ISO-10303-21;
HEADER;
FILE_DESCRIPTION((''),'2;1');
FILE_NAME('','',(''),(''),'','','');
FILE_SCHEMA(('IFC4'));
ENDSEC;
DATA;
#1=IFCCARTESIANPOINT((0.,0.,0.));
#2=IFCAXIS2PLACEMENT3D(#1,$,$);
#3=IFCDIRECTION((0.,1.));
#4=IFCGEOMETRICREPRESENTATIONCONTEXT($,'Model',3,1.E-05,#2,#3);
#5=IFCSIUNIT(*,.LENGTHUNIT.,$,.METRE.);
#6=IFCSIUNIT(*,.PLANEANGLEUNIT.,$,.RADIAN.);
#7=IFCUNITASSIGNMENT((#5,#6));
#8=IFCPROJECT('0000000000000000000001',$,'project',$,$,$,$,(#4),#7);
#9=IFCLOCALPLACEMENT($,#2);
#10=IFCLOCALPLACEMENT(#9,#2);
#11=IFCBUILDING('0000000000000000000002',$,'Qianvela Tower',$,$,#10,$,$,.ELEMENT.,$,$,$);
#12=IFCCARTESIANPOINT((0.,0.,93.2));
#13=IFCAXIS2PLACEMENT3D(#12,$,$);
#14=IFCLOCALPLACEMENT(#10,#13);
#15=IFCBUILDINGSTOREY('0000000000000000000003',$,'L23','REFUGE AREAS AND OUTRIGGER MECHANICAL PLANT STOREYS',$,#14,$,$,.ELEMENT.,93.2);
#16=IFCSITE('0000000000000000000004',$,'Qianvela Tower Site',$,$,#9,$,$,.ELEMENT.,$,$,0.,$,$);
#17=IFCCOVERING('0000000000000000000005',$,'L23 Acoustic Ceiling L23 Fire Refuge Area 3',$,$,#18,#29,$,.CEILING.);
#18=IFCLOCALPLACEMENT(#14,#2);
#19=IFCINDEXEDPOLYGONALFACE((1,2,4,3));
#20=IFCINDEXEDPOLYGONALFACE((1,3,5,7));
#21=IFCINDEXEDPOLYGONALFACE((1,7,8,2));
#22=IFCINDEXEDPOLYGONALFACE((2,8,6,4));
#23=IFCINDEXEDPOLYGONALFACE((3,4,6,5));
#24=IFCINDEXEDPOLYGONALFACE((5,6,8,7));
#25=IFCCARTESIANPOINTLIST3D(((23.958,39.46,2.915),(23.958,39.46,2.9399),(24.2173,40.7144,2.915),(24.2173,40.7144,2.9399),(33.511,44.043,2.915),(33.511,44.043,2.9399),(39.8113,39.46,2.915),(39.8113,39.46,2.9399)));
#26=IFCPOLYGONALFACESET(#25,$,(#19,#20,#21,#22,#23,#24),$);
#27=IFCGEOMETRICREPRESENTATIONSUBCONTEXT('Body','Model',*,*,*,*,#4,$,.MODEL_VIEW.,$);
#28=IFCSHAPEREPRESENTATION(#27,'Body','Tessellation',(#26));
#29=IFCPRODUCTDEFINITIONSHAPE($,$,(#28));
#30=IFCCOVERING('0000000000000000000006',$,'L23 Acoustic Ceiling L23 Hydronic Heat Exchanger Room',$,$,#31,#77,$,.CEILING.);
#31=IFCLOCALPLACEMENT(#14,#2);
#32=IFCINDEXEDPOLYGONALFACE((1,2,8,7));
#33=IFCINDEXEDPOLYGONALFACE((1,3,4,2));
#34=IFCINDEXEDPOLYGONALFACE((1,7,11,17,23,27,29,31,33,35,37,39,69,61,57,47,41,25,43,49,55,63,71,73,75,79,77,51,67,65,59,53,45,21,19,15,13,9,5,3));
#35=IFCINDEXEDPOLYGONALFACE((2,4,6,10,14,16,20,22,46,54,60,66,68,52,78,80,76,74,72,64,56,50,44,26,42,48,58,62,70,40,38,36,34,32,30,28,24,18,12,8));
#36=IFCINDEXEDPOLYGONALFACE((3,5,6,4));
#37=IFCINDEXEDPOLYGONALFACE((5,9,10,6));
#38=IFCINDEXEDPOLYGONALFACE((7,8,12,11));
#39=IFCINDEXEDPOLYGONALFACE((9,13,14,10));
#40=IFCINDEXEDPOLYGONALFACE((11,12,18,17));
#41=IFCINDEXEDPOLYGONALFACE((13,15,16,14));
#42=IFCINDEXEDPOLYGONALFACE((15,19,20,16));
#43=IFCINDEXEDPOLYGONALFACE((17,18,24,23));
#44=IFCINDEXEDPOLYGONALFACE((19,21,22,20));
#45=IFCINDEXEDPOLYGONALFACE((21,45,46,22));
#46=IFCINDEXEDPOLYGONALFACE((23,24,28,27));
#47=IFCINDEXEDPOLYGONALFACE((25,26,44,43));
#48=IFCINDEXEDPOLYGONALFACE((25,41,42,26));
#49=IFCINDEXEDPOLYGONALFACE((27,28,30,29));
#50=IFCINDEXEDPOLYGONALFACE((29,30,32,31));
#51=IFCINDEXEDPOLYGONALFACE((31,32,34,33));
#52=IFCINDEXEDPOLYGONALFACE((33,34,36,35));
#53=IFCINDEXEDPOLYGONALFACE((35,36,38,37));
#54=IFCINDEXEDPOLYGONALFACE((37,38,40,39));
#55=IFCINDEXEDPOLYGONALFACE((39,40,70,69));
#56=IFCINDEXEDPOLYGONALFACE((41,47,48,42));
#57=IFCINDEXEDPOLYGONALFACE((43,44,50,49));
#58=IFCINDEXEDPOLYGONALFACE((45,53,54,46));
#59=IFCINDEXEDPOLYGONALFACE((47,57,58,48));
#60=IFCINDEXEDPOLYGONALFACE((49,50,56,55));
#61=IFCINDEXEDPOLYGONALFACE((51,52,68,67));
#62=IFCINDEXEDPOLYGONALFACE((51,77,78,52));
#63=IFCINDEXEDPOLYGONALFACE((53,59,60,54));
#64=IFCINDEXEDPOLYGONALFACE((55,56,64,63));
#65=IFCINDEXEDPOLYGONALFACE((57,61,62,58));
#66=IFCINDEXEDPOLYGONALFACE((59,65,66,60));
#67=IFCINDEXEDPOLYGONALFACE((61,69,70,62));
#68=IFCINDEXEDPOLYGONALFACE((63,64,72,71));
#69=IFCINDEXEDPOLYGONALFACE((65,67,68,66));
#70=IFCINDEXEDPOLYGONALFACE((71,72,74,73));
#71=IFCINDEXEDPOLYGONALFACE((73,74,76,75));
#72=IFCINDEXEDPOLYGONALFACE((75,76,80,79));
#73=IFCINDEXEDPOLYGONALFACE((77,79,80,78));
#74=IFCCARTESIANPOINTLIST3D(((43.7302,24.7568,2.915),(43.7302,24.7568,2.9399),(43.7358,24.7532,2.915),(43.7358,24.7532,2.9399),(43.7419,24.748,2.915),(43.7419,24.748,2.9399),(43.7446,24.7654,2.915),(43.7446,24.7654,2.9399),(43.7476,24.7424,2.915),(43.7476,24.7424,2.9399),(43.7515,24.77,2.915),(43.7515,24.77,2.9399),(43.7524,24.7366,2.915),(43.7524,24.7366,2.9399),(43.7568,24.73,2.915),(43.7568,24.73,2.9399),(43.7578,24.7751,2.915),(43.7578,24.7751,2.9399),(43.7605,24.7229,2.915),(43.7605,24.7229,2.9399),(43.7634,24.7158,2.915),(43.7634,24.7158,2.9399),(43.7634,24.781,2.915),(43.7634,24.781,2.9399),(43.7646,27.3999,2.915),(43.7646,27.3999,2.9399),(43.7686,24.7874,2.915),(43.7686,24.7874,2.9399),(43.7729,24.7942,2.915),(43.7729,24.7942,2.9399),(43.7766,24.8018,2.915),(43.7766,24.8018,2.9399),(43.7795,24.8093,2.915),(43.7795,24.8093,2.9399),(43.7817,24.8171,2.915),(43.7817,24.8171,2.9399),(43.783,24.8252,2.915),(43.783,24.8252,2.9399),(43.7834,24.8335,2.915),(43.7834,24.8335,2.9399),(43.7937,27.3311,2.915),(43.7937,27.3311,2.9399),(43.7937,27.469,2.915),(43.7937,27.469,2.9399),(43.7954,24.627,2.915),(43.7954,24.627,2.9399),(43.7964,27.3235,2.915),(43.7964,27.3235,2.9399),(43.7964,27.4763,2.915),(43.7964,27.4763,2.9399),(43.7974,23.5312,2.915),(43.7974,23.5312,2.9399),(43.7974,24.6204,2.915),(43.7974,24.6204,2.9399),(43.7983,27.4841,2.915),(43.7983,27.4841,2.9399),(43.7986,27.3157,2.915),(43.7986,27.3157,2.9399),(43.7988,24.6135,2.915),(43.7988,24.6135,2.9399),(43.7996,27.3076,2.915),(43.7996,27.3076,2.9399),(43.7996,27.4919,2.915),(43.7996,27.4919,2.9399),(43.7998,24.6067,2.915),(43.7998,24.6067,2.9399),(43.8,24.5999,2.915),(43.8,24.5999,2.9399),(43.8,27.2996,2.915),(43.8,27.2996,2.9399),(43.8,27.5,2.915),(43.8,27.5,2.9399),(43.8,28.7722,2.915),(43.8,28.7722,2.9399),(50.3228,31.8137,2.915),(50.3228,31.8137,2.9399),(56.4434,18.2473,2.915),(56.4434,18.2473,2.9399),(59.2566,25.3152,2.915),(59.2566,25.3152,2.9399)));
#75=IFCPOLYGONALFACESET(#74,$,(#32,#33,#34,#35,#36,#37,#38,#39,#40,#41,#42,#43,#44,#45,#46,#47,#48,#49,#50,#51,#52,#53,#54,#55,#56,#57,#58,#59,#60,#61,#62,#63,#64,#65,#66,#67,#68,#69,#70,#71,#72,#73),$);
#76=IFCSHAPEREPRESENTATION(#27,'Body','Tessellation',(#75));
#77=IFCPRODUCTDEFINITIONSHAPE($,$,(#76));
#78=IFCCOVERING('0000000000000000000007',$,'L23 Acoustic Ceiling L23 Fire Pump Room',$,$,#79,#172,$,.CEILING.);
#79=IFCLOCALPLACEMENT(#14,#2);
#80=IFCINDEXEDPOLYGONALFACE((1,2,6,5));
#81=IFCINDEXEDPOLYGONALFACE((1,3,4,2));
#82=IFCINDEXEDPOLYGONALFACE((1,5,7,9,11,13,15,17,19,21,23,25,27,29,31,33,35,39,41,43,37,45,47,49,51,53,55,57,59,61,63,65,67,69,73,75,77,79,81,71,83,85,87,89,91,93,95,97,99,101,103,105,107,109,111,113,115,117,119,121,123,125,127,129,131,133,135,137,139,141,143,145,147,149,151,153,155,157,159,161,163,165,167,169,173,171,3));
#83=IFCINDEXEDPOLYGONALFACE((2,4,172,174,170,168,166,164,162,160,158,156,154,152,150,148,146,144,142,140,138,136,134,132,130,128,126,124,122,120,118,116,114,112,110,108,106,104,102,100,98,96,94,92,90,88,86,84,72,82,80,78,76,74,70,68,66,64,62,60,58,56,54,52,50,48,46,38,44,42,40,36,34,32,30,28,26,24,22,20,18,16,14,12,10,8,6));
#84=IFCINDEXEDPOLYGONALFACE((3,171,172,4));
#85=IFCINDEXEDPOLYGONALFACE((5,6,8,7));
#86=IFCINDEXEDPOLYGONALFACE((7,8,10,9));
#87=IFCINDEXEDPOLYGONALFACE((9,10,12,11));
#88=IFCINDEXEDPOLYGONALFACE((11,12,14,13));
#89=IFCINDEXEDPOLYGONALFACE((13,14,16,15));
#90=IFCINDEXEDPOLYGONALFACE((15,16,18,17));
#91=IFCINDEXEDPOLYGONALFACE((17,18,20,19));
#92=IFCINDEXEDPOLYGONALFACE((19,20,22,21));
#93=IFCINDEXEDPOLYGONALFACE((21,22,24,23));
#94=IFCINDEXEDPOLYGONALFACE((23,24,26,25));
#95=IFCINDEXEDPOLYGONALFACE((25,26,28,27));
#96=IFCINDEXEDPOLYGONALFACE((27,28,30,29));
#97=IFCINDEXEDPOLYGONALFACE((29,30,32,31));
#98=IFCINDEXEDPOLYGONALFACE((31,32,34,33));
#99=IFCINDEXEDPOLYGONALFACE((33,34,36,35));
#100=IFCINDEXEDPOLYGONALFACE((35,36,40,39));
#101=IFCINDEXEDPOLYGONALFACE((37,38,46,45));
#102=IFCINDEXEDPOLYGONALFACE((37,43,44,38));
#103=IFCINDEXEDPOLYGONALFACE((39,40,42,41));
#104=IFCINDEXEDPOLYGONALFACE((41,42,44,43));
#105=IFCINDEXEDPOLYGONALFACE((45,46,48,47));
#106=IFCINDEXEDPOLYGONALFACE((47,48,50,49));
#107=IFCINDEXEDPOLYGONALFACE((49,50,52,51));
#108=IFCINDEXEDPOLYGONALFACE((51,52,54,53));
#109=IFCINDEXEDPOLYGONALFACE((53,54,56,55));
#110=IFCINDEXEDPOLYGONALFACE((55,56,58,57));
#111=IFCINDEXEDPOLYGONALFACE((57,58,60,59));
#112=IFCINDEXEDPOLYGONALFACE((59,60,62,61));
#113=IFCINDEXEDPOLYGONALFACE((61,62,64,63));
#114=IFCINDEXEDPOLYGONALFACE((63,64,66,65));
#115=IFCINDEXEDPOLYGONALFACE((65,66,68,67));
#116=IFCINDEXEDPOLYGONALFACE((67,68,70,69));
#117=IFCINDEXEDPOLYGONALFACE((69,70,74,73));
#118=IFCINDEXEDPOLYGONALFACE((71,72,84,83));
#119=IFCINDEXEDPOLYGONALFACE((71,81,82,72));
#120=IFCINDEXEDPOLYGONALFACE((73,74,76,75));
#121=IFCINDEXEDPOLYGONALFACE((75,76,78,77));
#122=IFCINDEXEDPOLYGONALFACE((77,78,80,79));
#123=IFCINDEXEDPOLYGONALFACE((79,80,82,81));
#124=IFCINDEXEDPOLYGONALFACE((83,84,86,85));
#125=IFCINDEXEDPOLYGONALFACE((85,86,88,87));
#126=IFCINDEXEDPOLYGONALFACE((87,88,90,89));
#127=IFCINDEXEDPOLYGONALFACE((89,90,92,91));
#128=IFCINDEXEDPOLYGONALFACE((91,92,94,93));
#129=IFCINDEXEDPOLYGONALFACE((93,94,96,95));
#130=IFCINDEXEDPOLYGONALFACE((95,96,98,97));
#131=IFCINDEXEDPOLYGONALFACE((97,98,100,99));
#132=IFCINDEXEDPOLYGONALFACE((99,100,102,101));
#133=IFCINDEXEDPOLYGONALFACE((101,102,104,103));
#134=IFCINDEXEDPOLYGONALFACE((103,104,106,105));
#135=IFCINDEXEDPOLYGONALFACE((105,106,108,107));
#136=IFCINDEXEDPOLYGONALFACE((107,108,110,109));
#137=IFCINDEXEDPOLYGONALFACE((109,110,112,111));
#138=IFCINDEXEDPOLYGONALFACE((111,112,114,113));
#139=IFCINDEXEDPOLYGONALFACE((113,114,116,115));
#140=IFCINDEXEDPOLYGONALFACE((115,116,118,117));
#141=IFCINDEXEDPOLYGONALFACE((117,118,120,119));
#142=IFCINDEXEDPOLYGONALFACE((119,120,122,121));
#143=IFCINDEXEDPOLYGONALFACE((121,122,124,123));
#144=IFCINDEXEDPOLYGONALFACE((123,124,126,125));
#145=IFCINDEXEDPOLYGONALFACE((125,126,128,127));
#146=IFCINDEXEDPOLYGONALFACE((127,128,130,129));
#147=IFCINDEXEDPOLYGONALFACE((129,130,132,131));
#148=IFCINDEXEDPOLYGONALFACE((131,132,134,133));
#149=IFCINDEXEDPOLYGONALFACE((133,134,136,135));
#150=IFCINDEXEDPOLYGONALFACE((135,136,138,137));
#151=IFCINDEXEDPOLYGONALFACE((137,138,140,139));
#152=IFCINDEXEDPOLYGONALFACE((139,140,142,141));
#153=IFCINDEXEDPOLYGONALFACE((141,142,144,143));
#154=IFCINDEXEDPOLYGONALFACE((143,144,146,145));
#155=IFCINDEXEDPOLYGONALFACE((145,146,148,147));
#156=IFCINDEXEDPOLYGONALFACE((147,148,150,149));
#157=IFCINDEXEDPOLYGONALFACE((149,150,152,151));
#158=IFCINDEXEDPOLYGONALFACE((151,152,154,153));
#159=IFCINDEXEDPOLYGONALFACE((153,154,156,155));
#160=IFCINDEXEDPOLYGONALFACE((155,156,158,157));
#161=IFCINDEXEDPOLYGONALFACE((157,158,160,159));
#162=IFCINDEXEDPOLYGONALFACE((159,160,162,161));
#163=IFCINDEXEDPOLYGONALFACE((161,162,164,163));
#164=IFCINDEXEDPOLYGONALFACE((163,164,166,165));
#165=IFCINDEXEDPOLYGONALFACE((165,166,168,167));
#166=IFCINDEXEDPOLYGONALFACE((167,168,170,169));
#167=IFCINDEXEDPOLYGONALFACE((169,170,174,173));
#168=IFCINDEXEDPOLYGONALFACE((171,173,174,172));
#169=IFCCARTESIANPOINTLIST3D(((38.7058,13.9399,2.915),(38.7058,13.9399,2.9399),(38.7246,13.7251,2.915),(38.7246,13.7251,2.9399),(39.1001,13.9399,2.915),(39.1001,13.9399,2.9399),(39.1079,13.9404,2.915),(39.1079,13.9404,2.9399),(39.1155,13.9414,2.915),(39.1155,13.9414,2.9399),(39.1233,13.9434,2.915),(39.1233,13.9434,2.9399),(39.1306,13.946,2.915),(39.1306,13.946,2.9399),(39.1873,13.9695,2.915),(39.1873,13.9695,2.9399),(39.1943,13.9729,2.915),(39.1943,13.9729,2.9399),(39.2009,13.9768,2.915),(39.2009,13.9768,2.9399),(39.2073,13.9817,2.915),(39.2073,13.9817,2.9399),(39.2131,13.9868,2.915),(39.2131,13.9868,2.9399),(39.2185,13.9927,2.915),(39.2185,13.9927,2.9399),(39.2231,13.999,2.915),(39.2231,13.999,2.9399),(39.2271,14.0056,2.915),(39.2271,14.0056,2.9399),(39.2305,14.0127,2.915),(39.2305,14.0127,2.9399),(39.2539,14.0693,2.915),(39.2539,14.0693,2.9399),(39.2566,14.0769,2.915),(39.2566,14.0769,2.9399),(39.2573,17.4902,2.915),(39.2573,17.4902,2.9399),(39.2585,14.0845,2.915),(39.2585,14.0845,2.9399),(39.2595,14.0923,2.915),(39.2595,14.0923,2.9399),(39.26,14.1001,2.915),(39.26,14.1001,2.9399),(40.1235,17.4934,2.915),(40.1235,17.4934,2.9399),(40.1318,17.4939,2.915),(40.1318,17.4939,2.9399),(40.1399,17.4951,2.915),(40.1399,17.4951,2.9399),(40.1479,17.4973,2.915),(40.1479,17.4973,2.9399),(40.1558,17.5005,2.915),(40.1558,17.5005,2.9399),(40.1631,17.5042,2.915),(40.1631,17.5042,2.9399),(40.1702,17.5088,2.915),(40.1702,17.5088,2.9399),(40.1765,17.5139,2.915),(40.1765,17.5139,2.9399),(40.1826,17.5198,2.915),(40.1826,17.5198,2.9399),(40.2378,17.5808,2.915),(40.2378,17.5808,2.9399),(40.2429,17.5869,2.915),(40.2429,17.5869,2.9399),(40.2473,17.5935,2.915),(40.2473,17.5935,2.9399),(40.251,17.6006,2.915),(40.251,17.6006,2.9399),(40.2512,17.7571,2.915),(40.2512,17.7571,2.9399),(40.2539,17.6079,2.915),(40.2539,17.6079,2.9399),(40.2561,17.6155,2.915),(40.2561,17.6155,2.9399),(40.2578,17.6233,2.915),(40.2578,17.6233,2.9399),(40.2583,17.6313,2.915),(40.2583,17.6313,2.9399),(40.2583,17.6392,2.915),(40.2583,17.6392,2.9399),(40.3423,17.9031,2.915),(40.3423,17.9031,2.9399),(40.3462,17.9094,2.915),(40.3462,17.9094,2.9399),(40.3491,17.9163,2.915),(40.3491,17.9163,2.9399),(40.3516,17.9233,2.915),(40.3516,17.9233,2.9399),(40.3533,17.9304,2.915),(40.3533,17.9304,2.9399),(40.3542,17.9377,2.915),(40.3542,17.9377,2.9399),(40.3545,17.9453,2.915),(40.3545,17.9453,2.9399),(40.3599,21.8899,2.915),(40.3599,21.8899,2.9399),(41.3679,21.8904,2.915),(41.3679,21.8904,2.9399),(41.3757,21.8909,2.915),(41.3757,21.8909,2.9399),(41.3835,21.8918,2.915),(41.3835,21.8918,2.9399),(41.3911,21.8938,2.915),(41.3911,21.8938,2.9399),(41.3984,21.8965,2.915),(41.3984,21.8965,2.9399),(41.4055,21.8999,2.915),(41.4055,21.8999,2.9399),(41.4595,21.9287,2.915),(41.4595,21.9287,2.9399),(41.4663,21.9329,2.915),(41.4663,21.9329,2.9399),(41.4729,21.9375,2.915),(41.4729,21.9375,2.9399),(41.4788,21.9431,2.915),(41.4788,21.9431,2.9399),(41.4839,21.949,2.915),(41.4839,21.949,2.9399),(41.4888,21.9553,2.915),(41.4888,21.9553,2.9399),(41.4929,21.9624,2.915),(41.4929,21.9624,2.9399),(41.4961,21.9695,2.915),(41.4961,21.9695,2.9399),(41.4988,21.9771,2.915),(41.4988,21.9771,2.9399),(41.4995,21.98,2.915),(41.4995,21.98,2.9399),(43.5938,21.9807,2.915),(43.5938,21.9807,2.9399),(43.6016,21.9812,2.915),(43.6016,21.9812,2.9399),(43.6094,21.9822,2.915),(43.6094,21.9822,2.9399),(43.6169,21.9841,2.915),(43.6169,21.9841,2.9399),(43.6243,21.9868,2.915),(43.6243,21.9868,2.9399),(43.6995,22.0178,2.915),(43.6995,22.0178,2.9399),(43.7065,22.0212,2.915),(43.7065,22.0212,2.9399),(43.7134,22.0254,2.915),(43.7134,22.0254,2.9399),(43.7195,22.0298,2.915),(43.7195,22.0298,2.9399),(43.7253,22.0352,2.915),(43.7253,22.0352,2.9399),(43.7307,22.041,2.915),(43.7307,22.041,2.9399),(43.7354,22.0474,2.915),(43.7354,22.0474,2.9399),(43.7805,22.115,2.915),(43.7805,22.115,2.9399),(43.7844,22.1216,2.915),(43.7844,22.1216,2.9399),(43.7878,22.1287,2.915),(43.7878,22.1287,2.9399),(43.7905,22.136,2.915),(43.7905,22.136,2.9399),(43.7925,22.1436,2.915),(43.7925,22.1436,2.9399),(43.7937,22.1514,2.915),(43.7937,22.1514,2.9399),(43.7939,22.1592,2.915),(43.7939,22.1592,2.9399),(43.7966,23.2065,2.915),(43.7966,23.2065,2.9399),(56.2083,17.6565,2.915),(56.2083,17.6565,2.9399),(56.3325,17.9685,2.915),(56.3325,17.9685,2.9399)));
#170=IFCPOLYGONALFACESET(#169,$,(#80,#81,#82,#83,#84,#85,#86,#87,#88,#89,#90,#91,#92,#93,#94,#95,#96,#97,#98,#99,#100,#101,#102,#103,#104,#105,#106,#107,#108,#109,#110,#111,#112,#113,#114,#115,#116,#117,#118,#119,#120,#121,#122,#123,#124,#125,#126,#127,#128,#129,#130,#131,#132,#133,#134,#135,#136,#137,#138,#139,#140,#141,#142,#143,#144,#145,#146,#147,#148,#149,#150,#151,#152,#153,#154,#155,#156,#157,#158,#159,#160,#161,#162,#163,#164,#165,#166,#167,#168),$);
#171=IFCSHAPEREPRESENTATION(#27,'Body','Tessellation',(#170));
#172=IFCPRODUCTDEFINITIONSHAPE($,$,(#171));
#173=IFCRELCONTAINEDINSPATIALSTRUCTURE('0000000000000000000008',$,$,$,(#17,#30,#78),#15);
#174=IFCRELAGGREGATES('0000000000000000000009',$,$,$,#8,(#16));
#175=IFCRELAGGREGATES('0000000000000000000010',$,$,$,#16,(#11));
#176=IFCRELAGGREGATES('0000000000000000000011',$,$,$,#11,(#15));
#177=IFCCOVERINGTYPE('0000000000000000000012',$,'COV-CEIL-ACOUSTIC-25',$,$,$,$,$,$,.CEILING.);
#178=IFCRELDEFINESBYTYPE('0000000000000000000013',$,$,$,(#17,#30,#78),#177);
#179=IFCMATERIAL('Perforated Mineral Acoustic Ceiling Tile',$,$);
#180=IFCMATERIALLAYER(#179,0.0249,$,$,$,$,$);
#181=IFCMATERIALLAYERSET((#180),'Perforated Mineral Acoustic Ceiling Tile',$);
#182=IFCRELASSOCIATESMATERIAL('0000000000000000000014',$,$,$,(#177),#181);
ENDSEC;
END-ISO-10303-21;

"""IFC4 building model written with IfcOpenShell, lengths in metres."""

from ifc_helpers import new_model, si_unit, direction, frame, origin, place, context, subcontext, project, spatial, polyline, outline, extrude, material, layer, layer_set, type_object, element, save


model = new_model("IFC4")

# Units and contexts
model_context = context("Model", 3, precision=1e-05, world=origin(), true_north=direction((0.0, 1.0)))
body_context = subcontext(model_context, "Body", "Model", "MODEL_VIEW")
ifc_project = project(units=[si_unit("LENGTHUNIT", "METRE"), si_unit("PLANEANGLEUNIT", "RADIAN")], contexts=[model_context])

# Site, building, storey
site_placement = place(None, origin())
site = spatial("IfcSite", under=ifc_project, at=site_placement, Name="Qianvela Tower Site", CompositionType="ELEMENT", RefElevation=0.0)
building_placement = place(site_placement, origin())
building = spatial("IfcBuilding", under=site, at=building_placement, Name="Qianvela Tower", CompositionType="ELEMENT")
storey_placement = place(building_placement, frame((0.0, 0.0, 93.2)))
storey = spatial("IfcBuildingStorey", under=building, at=storey_placement, Name="L23", Description="REFUGE AREAS AND OUTRIGGER MECHANICAL PLANT STOREYS", CompositionType="ELEMENT", Elevation=93.2)

# Coverings
ifc_material_1 = material(Name="Perforated Mineral Acoustic Ceiling Tile")
ifc_layer_1 = layer(ifc_material_1, 0.0249)
ifc_layer_set_1 = layer_set([ifc_layer_1], Name="Perforated Mineral Acoustic Ceiling Tile")
covering_type_1 = type_object("IfcCoveringType", Name="COV-CEIL-ACOUSTIC-25", PredefinedType="CEILING", material=ifc_layer_set_1)
covering_1_placement = place(storey_placement, frame((0.0, 0.0, 2.915)))
element("IfcCovering", 1, at=covering_1_placement, inside=storey, type_object=covering_type_1, Name="L23 Acoustic Ceiling L23 Fire Refuge Area 3", PredefinedType="CEILING", context=body_context, shape_type="SweptSolid", body=[
    extrude(outline(polyline([(39.8113, 39.46), (23.958, 39.46), (24.2173, 40.7144), (33.511, 44.043), (39.8113, 39.46)])), origin(), (0.0, 0.0, 1.0), 0.0249),
])
covering_2_placement = place(storey_placement, frame((0.0, 0.0, 2.915)))
element("IfcCovering", 2, at=covering_2_placement, inside=storey, type_object=covering_type_1, Name="L23 Acoustic Ceiling L23 Hydronic Heat Exchanger Room", PredefinedType="CEILING", context=body_context, shape_type="SweptSolid", body=[
    extrude(outline(polyline([(43.7302, 24.7568), (43.7446, 24.7654), (43.7515, 24.77), (43.7578, 24.7751), (43.7634, 24.781), (43.7686, 24.7874), (43.7729, 24.7942), (43.7766, 24.8018), (43.7795, 24.8093), (43.7817, 24.8171), (43.783, 24.8252), (43.7834, 24.8335), (43.8, 27.2996), (43.7996, 27.3076), (43.7986, 27.3157), (43.7964, 27.3235), (43.7937, 27.3311), (43.7646, 27.3999), (43.7937, 27.469), (43.7964, 27.4763), (43.7983, 27.4841), (43.7996, 27.4919), (43.8, 27.5), (43.8, 28.7722), (50.3228, 31.8137), (59.2566, 25.3152), (56.4434, 18.2473), (43.7974, 23.5312), (43.8, 24.5999), (43.7998, 24.6067), (43.7988, 24.6135), (43.7974, 24.6204), (43.7954, 24.627), (43.7634, 24.7158), (43.7605, 24.7229), (43.7568, 24.73), (43.7524, 24.7366), (43.7476, 24.7424), (43.7419, 24.748), (43.7358, 24.7532), (43.7302, 24.7568)])), origin(), (0.0, 0.0, 1.0), 0.0249),
])
covering_3_placement = place(storey_placement, frame((0.0, 0.0, 2.915)))
element("IfcCovering", 3, at=covering_3_placement, inside=storey, type_object=covering_type_1, Name="L23 Acoustic Ceiling L23 Fire Pump Room", PredefinedType="CEILING", context=body_context, shape_type="SweptSolid", body=[
    extrude(outline(polyline([(39.2539, 14.0693), (39.2566, 14.0769), (39.2585, 14.0845), (39.2595, 14.0923), (39.26, 14.1001), (39.2573, 17.4902), (40.1235, 17.4934), (40.1318, 17.4939), (40.1399, 17.4951), (40.1479, 17.4973), (40.1558, 17.5005), (40.1631, 17.5042), (40.1702, 17.5088), (40.1765, 17.5139), (40.1826, 17.5198), (40.2378, 17.5808), (40.2429, 17.5869), (40.2473, 17.5935), (40.251, 17.6006), (40.2539, 17.6079), (40.2561, 17.6155), (40.2578, 17.6233), (40.2583, 17.6313), (40.2583, 17.6392), (40.2512, 17.7571), (40.3423, 17.9031), (40.3462, 17.9094), (40.3491, 17.9163), (40.3516, 17.9233), (40.3533, 17.9304), (40.3542, 17.9377), (40.3545, 17.9453), (40.3599, 21.8899), (41.3679, 21.8904), (41.3757, 21.8909), (41.3835, 21.8918), (41.3911, 21.8938), (41.3984, 21.8965), (41.4055, 21.8999), (41.4595, 21.9287), (41.4663, 21.9329), (41.4729, 21.9375), (41.4788, 21.9431), (41.4839, 21.949), (41.4888, 21.9553), (41.4929, 21.9624), (41.4961, 21.9695), (41.4988, 21.9771), (41.4995, 21.98), (43.5938, 21.9807), (43.6016, 21.9812), (43.6094, 21.9822), (43.6169, 21.9841), (43.6243, 21.9868), (43.6995, 22.0178), (43.7065, 22.0212), (43.7134, 22.0254), (43.7195, 22.0298), (43.7253, 22.0352), (43.7307, 22.041), (43.7354, 22.0474), (43.7805, 22.115), (43.7844, 22.1216), (43.7878, 22.1287), (43.7905, 22.136), (43.7925, 22.1436), (43.7937, 22.1514), (43.7939, 22.1592), (43.7966, 23.2065), (56.3325, 17.9685), (56.2083, 17.6565), (38.7246, 13.7251), (38.7058, 13.9399), (39.1001, 13.9399), (39.1079, 13.9404), (39.1155, 13.9414), (39.1233, 13.9434), (39.1306, 13.946), (39.1873, 13.9695), (39.1943, 13.9729), (39.2009, 13.9768), (39.2073, 13.9817), (39.2131, 13.9868), (39.2185, 13.9927), (39.2231, 13.999), (39.2271, 14.0056), (39.2305, 14.0127), (39.2539, 14.0693)])), origin(), (0.0, 0.0, 1.0), 0.0249),
])

save(model, "model.ifc")
